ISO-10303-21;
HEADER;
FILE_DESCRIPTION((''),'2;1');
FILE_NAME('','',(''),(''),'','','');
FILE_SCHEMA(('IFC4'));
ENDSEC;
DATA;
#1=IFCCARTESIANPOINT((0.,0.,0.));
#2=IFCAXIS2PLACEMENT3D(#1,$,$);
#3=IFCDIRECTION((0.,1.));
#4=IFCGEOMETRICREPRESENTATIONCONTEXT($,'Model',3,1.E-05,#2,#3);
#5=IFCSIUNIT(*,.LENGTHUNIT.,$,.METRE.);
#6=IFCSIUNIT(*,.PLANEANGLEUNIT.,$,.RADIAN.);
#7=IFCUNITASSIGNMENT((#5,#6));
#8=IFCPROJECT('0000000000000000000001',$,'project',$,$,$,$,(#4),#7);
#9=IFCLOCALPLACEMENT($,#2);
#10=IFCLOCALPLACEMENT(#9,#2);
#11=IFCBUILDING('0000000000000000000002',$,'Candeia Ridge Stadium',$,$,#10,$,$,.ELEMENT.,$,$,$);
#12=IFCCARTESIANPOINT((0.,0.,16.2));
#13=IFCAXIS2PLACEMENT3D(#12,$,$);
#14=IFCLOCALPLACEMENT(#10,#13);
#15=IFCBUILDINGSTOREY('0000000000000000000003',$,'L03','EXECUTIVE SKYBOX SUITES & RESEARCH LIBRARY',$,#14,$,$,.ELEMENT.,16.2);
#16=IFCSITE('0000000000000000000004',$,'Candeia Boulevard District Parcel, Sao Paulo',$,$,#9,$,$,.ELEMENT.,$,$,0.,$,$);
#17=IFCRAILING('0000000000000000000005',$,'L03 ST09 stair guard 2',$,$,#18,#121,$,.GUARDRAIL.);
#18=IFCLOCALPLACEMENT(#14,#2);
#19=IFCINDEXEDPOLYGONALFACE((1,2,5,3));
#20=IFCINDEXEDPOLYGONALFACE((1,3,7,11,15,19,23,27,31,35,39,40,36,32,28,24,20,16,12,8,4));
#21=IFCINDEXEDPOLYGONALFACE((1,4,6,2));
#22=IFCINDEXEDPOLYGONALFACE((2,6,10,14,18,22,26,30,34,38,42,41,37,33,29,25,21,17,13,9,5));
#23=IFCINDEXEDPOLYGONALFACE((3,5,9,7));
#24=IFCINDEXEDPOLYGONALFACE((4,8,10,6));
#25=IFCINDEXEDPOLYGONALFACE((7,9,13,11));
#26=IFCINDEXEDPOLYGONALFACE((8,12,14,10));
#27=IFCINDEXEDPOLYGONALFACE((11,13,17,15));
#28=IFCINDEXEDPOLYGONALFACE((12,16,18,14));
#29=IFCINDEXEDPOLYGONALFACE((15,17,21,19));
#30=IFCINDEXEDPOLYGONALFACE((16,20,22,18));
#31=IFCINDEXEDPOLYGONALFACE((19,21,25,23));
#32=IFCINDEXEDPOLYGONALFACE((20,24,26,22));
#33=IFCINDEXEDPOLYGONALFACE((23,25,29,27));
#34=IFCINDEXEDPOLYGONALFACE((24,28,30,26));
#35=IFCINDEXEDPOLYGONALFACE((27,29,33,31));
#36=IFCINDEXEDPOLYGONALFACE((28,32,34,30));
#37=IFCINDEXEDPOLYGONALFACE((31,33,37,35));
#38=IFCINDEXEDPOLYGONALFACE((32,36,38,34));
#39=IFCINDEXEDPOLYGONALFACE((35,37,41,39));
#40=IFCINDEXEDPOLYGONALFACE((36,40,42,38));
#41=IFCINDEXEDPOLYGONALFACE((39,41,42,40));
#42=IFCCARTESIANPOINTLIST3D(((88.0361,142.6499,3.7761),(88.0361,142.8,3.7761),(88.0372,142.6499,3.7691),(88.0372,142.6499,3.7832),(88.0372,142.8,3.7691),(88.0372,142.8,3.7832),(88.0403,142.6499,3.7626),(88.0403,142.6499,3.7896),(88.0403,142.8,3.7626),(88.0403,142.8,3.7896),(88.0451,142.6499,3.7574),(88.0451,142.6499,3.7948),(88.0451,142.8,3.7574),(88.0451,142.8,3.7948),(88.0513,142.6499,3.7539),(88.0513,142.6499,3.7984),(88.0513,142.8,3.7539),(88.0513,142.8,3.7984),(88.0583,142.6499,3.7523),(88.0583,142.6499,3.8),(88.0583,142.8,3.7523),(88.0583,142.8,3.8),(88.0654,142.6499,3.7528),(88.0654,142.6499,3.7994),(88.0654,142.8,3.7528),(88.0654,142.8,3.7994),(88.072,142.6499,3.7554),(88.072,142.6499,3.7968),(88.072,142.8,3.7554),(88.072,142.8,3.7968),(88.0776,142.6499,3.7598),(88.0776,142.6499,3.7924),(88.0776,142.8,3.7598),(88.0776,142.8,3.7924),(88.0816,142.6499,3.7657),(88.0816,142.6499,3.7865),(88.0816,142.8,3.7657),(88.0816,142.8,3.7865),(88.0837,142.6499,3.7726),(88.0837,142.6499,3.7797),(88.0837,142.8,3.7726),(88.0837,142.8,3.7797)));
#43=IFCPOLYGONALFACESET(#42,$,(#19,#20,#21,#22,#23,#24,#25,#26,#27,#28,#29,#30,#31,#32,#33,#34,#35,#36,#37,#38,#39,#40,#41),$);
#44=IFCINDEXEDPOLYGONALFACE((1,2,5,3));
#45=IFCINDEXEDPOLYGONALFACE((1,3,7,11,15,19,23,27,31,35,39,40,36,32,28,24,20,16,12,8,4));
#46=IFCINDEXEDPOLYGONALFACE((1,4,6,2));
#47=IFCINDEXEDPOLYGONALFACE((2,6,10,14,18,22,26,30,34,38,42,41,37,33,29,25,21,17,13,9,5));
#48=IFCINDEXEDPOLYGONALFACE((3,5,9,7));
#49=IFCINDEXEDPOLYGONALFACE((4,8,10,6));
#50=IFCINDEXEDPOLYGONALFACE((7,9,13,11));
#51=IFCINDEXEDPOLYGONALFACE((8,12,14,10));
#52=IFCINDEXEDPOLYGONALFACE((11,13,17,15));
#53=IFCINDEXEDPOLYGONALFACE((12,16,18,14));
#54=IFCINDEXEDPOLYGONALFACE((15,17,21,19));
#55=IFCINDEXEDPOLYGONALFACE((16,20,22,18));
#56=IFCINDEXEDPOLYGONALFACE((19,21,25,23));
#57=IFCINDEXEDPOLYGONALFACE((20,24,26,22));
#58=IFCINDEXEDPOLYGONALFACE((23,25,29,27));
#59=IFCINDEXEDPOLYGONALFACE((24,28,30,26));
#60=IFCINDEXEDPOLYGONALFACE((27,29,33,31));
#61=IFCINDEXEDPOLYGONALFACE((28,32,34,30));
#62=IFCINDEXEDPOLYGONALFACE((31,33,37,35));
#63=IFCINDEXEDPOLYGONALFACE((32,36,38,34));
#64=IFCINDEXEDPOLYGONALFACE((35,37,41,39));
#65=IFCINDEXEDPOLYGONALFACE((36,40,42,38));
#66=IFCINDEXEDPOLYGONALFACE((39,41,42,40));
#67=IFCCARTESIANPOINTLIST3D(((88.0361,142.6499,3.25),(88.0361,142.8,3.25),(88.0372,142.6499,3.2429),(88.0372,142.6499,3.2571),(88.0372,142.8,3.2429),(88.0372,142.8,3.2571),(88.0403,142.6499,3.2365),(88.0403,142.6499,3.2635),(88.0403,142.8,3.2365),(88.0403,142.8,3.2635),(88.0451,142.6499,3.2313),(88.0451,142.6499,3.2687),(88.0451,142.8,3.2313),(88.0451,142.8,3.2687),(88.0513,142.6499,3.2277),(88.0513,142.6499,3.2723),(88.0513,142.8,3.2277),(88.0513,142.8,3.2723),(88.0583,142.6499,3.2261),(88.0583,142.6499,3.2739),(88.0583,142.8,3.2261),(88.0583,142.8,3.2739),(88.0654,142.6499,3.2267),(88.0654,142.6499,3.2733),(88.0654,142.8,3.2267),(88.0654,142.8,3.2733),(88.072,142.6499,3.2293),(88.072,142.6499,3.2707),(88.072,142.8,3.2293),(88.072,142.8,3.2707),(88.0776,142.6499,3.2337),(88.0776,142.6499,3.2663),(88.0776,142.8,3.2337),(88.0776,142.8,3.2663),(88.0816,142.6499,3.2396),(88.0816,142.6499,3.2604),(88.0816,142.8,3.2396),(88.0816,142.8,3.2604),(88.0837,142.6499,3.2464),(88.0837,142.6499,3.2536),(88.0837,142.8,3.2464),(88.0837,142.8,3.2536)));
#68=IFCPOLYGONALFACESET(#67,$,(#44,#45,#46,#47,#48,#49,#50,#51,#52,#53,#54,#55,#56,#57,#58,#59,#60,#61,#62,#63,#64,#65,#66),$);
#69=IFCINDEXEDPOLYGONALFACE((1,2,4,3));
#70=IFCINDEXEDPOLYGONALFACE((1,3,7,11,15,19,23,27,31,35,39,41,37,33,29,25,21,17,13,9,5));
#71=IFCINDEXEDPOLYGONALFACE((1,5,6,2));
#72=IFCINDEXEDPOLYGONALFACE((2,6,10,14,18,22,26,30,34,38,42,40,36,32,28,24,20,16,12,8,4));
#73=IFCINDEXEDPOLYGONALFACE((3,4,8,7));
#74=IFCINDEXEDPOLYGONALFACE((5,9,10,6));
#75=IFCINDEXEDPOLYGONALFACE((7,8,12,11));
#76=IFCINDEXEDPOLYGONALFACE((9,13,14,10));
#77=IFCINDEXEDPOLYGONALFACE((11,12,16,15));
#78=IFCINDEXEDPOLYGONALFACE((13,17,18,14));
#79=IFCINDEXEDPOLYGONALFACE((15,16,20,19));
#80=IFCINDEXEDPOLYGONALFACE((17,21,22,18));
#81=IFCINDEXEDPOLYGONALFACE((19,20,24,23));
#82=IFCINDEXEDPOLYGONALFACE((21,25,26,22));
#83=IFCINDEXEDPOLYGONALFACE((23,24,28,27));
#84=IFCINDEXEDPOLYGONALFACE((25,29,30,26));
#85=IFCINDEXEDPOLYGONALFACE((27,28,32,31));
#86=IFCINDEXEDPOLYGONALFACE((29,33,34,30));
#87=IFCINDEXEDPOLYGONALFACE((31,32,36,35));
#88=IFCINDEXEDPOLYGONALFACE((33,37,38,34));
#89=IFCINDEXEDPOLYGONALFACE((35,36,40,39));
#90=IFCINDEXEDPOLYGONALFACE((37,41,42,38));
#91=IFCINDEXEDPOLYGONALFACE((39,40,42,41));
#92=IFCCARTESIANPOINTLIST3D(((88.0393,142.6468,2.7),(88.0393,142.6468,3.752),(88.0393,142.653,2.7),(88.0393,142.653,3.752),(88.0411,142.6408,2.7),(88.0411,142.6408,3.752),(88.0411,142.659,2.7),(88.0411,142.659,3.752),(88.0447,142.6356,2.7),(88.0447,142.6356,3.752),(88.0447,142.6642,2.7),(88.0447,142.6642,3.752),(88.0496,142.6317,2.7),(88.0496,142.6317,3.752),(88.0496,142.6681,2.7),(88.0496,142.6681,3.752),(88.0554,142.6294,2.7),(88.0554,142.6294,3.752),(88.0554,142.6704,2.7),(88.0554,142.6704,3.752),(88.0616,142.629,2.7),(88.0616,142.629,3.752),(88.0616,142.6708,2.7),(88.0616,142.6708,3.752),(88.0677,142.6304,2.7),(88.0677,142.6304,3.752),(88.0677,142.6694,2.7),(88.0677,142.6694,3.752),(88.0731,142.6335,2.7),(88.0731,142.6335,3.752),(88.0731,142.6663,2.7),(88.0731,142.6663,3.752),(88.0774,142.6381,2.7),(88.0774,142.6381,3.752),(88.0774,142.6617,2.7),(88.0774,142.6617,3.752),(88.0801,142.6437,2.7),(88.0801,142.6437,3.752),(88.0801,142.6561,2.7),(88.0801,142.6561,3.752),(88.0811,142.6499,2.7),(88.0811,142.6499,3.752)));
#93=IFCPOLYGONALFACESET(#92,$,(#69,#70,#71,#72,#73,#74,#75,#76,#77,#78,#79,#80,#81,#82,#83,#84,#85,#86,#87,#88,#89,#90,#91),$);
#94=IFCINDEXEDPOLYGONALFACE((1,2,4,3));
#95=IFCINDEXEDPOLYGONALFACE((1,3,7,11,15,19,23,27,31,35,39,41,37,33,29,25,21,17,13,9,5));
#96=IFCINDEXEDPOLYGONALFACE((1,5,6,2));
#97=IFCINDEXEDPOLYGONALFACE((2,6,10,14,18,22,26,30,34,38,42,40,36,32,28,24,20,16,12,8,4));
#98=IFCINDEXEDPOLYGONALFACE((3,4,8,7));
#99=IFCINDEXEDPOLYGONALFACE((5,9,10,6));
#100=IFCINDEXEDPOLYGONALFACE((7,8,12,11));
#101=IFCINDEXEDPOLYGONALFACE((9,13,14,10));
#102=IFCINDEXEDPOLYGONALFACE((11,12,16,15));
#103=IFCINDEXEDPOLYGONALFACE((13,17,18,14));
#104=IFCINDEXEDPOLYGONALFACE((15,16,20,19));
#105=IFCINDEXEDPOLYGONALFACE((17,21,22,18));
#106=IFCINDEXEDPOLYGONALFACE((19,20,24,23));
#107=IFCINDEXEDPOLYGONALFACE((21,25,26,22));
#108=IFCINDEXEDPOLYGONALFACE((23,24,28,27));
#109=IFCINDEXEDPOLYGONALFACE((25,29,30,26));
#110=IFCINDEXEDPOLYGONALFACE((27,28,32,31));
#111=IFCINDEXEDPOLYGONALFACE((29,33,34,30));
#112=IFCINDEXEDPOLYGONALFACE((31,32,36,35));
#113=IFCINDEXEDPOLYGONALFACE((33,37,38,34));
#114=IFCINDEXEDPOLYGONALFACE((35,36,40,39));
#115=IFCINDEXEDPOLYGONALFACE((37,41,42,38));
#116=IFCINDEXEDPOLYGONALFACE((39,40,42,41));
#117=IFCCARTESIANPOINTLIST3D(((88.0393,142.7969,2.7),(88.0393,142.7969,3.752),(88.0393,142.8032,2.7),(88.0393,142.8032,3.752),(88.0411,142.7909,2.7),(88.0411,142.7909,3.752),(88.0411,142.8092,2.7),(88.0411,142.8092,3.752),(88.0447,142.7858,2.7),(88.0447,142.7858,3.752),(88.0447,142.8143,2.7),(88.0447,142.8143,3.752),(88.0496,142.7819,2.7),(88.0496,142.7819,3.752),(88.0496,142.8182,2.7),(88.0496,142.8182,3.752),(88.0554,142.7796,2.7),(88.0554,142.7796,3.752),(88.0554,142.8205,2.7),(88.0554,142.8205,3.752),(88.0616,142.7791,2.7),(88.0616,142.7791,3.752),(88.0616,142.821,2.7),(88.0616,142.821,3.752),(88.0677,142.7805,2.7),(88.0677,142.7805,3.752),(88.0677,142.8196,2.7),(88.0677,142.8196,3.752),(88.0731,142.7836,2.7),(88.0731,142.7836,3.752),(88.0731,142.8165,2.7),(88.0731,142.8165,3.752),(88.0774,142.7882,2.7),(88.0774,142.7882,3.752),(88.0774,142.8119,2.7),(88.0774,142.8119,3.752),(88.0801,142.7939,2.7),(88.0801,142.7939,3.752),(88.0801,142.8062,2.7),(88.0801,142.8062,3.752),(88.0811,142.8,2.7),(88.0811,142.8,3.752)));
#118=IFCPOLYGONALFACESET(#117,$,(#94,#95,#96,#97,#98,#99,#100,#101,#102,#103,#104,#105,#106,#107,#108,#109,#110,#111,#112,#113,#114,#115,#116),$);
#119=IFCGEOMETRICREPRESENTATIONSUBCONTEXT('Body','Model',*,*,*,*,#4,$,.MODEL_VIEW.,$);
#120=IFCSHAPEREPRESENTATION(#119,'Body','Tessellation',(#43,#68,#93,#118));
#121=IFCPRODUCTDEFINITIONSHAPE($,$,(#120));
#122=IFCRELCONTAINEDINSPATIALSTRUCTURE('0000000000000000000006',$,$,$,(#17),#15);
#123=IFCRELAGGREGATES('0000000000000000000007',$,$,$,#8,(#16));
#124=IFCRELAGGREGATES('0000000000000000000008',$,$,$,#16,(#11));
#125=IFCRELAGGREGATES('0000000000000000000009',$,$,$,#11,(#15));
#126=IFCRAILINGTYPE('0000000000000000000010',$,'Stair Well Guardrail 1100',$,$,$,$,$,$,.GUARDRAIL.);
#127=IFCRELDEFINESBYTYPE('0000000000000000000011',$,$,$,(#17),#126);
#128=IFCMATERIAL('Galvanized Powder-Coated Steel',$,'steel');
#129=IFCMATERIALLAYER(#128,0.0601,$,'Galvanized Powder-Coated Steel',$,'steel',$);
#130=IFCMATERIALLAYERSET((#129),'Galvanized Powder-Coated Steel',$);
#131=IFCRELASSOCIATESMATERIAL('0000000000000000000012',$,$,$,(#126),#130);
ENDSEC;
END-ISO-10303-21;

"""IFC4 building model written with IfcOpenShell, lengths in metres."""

from ifc_helpers import new_model, si_unit, direction, frame, origin, origin_2d, place, context, subcontext, project, spatial, circle, extrude, material, layer, layer_set, type_object, element, save


model = new_model("IFC4")

# Units and contexts
model_context = context("Model", 3, precision=1e-05, world=origin(), true_north=direction((0.0, 1.0)))
body_context = subcontext(model_context, "Body", "Model", "MODEL_VIEW")
ifc_project = project(units=[si_unit("LENGTHUNIT", "METRE"), si_unit("PLANEANGLEUNIT", "RADIAN")], contexts=[model_context])

# Site, building, storey
site_placement = place(None, origin())
site = spatial("IfcSite", under=ifc_project, at=site_placement, Name="Candeia Boulevard District Parcel, Sao Paulo", CompositionType="ELEMENT", RefElevation=0.0)
building_placement = place(site_placement, origin())
building = spatial("IfcBuilding", under=site, at=building_placement, Name="Candeia Ridge Stadium", CompositionType="ELEMENT")
storey_placement = place(building_placement, frame((0.0, 0.0, 16.2)))
storey = spatial("IfcBuildingStorey", under=building, at=storey_placement, Name="L03", Description="EXECUTIVE SKYBOX SUITES & RESEARCH LIBRARY", CompositionType="ELEMENT", Elevation=16.2)

# Railing
ifc_material_1 = material(Name="Galvanized Powder-Coated Steel", Category="steel")
ifc_layer_1 = layer(ifc_material_1, 0.0601, Name="Galvanized Powder-Coated Steel", Category="steel")
ifc_layer_set_1 = layer_set([ifc_layer_1], Name="Galvanized Powder-Coated Steel")
railing_type_1 = type_object("IfcRailingType", Name="Stair Well Guardrail 1100", PredefinedType="GUARDRAIL", material=ifc_layer_set_1)
railing_1_placement = place(storey_placement, frame((88.0601, 142.6499, 2.7)))
element("IfcRailing", 1, at=railing_1_placement, inside=storey, type_object=railing_type_1, Name="L03 ST09 stair guard 2", PredefinedType="GUARDRAIL", context=body_context, shape_type="SweptSolid", body=[
    extrude(circle(Radius=0.0239, at=origin_2d()), frame((0.0, 0.0, 1.0762), z_axis=(0.0, 1.0, 0.0), x_axis=(-1.0, 0.0, 0.0)), (0.0, 0.0, 1.0), 0.1501),
    extrude(circle(Radius=0.0239, at=origin_2d()), frame((0.0, 0.0, 0.55), z_axis=(0.0, 1.0, 0.0), x_axis=(-1.0, 0.0, 0.0)), (0.0, 0.0, 1.0), 0.1501),
    extrude(circle(Radius=0.021, at=origin_2d()), origin(), (0.0, 0.0, 1.0), 1.052),
    extrude(circle(Radius=0.021, at=origin_2d()), frame((0.0, 0.1501, 0.0)), (0.0, 0.0, 1.0), 1.052),
])

save(model, "model.ifc")
